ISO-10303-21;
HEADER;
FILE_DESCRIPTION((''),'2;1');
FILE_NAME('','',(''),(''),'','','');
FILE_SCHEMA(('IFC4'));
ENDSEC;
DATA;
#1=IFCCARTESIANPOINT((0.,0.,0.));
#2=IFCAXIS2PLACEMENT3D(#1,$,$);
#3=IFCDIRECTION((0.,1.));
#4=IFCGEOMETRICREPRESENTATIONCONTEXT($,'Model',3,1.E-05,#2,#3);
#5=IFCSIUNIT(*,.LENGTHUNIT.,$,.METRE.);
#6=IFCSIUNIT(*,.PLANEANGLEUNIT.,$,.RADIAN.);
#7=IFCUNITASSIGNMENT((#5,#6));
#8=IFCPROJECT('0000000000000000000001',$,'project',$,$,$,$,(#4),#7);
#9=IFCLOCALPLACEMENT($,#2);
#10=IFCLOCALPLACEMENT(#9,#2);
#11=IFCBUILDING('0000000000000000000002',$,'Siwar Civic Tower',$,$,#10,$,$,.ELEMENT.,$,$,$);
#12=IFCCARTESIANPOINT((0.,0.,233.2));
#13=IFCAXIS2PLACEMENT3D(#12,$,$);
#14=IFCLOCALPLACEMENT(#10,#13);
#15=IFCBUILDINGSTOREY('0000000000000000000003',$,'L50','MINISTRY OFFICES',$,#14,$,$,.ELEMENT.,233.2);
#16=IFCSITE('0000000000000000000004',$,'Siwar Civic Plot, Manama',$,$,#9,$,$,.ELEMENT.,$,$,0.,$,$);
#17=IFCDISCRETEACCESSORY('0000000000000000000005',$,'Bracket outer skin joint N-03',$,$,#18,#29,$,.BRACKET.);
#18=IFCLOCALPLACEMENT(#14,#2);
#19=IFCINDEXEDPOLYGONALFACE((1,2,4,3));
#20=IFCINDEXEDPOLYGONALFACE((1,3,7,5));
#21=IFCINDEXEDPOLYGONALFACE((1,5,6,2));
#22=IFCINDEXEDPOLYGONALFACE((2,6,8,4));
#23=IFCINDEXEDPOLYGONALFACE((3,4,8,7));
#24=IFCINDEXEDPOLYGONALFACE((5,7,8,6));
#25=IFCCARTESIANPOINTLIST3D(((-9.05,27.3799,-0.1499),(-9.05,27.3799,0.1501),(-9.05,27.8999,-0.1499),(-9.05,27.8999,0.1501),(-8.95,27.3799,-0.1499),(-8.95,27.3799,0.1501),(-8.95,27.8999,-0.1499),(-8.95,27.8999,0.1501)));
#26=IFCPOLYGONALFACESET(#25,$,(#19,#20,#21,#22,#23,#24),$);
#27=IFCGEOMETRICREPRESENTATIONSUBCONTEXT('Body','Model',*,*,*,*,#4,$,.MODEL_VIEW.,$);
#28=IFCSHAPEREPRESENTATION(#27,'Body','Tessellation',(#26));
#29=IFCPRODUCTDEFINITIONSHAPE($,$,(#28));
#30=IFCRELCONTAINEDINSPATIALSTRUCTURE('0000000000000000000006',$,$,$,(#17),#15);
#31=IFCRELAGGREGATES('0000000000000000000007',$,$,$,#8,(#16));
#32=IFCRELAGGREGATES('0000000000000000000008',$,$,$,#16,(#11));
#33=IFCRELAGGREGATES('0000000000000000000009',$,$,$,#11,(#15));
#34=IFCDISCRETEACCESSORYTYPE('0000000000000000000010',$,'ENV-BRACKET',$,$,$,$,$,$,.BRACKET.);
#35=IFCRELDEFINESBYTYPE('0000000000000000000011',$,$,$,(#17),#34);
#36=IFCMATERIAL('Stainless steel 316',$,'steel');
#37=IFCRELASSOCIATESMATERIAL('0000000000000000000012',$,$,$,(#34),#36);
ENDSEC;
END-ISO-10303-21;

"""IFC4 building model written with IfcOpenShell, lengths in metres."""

from ifc_helpers import new_model, si_unit, direction, frame, origin, origin_2d, place, context, subcontext, project, spatial, rectangle, extrude, material, type_object, element, save


model = new_model("IFC4")

# Units and contexts
model_context = context("Model", 3, precision=1e-05, world=origin(), true_north=direction((0.0, 1.0)))
body_context = subcontext(model_context, "Body", "Model", "MODEL_VIEW")
ifc_project = project(units=[si_unit("LENGTHUNIT", "METRE"), si_unit("PLANEANGLEUNIT", "RADIAN")], contexts=[model_context])

# Site, building, storey
site_placement = place(None, origin())
site = spatial("IfcSite", under=ifc_project, at=site_placement, Name="Siwar Civic Plot, Manama", CompositionType="ELEMENT", RefElevation=0.0)
building_placement = place(site_placement, origin())
building = spatial("IfcBuilding", under=site, at=building_placement, Name="Siwar Civic Tower", CompositionType="ELEMENT")
storey_placement = place(building_placement, frame((0.0, 0.0, 233.2)))
storey = spatial("IfcBuildingStorey", under=building, at=storey_placement, Name="L50", Description="MINISTRY OFFICES", CompositionType="ELEMENT", Elevation=233.2)

# Discrete accessory
ifc_material_1 = material(Name="Stainless steel 316", Category="steel")
discrete_accessory_type = type_object("IfcDiscreteAccessoryType", Name="ENV-BRACKET", PredefinedType="BRACKET", material=ifc_material_1)
discrete_accessory_placement = place(storey_placement, frame((-9.0, 27.6399, -0.1499), z_axis=(0.0, 0.0, 1.0), x_axis=(0.0, 1.0, 0.0)))
element("IfcDiscreteAccessory", 1, at=discrete_accessory_placement, inside=storey, type_object=discrete_accessory_type, Name="Bracket outer skin joint N-03", PredefinedType="BRACKET", context=body_context, shape_type="SweptSolid", body=[
    extrude(rectangle(XDim=0.52, YDim=0.1001, at=origin_2d()), origin(), (0.0, 0.0, 1.0), 0.3),
])

save(model, "model.ifc")
